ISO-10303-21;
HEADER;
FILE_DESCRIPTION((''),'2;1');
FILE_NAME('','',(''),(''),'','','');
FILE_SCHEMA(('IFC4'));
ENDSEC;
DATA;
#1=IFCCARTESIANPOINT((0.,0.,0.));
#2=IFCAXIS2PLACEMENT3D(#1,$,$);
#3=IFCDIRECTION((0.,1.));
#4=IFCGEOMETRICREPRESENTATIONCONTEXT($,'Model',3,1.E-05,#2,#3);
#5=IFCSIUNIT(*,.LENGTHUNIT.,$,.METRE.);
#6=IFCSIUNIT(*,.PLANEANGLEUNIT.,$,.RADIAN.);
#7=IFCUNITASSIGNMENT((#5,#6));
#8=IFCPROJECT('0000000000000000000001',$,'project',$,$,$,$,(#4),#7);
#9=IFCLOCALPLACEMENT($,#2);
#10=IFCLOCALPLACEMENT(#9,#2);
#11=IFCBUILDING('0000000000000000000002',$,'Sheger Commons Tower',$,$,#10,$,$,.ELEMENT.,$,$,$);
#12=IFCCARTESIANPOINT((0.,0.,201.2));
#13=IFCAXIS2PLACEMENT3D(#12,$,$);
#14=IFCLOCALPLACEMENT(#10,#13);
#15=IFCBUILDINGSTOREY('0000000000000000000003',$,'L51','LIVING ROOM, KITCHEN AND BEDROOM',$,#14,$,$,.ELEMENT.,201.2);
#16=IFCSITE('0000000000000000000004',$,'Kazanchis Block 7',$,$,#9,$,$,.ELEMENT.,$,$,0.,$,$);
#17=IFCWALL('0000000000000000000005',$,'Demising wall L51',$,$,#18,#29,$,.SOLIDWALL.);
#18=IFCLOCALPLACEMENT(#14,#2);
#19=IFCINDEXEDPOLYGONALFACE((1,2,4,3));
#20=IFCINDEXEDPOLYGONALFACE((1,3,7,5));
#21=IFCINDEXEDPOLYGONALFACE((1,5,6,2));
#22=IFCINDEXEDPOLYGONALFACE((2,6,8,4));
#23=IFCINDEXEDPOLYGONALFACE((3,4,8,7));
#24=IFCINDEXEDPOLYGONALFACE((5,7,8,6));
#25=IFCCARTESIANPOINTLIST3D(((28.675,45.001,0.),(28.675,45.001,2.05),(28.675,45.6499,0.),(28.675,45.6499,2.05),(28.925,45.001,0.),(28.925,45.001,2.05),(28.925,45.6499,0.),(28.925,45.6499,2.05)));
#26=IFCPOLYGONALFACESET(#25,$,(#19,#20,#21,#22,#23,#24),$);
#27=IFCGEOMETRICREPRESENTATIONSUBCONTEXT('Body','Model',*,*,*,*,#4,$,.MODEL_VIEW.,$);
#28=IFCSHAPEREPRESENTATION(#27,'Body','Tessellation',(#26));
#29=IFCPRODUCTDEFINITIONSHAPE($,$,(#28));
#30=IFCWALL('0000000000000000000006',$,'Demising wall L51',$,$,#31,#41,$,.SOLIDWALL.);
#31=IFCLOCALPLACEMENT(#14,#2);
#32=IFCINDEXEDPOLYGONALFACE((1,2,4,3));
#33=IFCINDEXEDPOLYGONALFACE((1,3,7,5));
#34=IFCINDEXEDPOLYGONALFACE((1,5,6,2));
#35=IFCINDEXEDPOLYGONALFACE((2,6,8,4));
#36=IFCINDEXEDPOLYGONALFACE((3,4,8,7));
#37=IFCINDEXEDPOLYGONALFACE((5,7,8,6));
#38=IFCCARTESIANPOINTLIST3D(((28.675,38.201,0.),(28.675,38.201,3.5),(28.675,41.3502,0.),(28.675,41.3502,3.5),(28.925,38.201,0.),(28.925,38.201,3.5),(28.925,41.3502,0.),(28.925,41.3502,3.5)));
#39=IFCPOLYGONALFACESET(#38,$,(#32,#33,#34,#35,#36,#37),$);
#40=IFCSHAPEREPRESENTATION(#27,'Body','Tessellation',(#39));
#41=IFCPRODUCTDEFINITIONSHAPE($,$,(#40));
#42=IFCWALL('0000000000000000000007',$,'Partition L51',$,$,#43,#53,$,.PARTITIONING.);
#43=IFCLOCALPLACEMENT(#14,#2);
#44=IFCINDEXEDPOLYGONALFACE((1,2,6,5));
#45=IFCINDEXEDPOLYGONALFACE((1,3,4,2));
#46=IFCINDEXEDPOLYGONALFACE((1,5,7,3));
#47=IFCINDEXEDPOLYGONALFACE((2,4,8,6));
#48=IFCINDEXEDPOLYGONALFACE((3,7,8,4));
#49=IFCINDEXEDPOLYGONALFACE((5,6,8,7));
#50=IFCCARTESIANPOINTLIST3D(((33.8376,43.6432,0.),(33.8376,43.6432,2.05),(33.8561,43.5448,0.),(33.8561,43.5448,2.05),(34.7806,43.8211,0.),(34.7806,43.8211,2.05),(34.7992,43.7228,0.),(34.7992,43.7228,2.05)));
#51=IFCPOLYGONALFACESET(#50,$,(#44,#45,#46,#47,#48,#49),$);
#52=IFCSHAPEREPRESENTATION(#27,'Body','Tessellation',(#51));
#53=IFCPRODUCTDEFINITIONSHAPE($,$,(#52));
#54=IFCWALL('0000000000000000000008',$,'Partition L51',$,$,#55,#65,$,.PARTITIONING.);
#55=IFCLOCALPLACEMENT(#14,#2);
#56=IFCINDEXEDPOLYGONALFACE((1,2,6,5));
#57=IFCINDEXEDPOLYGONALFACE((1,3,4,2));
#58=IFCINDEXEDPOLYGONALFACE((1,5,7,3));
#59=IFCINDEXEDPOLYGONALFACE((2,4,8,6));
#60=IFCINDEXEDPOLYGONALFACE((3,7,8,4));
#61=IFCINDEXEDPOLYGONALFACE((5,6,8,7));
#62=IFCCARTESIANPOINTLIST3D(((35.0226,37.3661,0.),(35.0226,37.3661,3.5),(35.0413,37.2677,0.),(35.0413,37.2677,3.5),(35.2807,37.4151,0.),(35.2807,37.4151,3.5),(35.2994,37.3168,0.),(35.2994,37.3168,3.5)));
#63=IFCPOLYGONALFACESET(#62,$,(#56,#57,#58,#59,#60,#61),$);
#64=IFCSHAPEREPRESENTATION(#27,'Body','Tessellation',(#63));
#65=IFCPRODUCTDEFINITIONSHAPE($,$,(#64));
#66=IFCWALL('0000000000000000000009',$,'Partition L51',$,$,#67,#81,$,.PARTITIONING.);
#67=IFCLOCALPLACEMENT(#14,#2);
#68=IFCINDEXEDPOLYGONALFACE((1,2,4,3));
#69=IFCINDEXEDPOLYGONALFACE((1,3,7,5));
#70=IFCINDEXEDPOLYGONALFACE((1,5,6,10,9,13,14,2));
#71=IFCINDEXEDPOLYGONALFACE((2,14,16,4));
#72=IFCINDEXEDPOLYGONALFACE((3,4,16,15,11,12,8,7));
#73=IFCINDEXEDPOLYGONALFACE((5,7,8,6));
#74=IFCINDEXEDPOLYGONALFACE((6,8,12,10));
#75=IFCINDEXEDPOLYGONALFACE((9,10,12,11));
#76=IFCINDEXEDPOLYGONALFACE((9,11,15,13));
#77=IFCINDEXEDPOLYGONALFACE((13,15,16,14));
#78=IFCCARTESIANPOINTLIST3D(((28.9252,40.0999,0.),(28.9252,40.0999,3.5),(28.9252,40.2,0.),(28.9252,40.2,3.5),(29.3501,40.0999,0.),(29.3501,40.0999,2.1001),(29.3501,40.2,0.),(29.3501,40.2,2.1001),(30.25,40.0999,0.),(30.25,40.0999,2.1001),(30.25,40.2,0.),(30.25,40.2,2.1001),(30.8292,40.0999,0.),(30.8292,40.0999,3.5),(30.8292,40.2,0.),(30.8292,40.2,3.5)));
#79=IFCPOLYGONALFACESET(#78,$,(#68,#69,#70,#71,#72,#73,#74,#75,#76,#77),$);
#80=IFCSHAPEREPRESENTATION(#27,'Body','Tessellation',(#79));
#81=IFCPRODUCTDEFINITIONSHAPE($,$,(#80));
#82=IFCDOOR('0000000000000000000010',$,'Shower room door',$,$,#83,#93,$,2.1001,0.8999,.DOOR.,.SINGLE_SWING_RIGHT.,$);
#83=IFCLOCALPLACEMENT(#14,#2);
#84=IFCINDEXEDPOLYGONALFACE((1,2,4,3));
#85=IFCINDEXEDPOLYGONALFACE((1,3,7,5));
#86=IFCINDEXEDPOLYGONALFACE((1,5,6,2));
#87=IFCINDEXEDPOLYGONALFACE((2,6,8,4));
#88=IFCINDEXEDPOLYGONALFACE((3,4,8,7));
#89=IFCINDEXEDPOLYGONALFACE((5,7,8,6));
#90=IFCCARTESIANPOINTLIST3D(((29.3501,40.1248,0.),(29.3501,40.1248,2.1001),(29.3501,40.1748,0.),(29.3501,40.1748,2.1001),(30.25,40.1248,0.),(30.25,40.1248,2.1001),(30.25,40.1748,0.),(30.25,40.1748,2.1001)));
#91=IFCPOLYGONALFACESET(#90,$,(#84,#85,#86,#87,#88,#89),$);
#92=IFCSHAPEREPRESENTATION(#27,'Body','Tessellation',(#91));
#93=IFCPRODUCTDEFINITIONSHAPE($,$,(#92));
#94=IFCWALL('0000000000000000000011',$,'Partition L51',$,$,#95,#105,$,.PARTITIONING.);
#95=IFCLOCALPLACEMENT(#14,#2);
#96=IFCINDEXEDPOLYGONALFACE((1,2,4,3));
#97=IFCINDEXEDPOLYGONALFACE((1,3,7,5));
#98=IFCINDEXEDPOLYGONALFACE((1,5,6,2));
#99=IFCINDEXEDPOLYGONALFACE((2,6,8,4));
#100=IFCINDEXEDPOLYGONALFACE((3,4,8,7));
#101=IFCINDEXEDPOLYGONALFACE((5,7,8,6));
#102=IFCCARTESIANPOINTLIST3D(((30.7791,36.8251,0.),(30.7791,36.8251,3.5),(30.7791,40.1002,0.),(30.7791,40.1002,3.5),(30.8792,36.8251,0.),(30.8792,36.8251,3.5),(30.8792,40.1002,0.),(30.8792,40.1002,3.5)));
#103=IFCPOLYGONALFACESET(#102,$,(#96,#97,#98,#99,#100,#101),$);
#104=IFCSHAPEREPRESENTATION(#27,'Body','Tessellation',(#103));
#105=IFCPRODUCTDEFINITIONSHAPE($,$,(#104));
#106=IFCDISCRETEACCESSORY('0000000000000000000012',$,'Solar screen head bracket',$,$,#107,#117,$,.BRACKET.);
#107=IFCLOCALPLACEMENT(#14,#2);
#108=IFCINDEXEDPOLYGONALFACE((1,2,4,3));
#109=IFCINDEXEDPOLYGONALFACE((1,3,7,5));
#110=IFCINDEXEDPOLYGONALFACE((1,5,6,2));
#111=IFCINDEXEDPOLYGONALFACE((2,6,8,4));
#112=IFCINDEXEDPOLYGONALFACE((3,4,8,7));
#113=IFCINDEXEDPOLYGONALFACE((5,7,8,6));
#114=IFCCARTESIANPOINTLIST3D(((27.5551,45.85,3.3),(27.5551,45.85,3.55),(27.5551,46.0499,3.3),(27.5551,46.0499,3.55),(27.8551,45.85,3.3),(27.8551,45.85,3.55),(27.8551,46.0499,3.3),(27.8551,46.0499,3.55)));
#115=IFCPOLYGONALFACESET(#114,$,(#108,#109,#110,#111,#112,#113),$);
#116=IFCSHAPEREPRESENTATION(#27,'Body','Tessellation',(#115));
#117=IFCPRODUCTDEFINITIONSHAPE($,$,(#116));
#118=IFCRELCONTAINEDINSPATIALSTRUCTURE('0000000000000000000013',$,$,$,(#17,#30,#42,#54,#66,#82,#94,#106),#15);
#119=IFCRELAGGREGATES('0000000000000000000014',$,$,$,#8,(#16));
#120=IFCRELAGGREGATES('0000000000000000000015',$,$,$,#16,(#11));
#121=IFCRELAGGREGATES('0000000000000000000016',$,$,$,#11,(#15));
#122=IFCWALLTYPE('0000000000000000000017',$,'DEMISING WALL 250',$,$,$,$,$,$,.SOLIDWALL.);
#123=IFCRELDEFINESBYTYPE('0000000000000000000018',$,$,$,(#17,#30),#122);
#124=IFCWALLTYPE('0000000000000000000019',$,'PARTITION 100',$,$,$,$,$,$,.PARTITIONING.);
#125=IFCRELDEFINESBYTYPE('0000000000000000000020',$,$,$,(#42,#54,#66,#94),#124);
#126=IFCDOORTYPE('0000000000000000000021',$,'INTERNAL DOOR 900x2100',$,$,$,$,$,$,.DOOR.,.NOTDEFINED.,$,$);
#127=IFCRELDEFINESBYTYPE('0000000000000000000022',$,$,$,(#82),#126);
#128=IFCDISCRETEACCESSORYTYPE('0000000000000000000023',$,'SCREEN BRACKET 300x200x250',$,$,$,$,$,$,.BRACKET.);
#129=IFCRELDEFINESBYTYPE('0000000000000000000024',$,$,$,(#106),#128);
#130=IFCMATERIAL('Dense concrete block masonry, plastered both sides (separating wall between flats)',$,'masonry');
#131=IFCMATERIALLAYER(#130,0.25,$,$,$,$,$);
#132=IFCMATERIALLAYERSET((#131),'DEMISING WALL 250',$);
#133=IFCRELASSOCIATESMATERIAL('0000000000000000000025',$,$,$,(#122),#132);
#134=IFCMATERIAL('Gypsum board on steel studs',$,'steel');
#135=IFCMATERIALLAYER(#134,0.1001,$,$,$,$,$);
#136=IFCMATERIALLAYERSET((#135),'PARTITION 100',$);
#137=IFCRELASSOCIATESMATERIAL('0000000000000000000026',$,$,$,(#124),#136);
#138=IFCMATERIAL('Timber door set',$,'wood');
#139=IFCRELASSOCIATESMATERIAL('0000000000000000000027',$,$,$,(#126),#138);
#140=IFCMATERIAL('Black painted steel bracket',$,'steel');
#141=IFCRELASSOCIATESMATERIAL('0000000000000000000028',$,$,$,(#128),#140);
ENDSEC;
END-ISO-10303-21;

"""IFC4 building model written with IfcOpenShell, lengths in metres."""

from ifc_helpers import new_model, si_unit, direction, frame, frame_2d, origin, origin_2d, place, context, subcontext, project, spatial, rectangle, extrude, material, layer, layer_set, type_object, element, fill, save


model = new_model("IFC4")

# Units and contexts
model_context = context("Model", 3, precision=1e-05, world=origin(), true_north=direction((0.0, 1.0)))
body_context = subcontext(model_context, "Body", "Model", "MODEL_VIEW")
ifc_project = project(units=[si_unit("LENGTHUNIT", "METRE"), si_unit("PLANEANGLEUNIT", "RADIAN")], contexts=[model_context])

# Site, building, storey
site_placement = place(None, origin())
site = spatial("IfcSite", under=ifc_project, at=site_placement, Name="Kazanchis Block 7", CompositionType="ELEMENT", RefElevation=0.0)
building_placement = place(site_placement, origin())
building = spatial("IfcBuilding", under=site, at=building_placement, Name="Sheger Commons Tower", CompositionType="ELEMENT")
storey_placement = place(building_placement, frame((0.0, 0.0, 201.2)))
storey = spatial("IfcBuildingStorey", under=building, at=storey_placement, Name="L51", Description="LIVING ROOM, KITCHEN AND BEDROOM", CompositionType="ELEMENT", Elevation=201.2)

# Walls
ifc_material_1 = material(Name="Dense concrete block masonry, plastered both sides (separating wall between flats)", Category="masonry")
ifc_layer_1 = layer(ifc_material_1, 0.25)
ifc_layer_set_1 = layer_set([ifc_layer_1], Name="DEMISING WALL 250")
wall_type_1 = type_object("IfcWallType", Name="DEMISING WALL 250", PredefinedType="SOLIDWALL", material=ifc_layer_set_1)
wall_1_placement = place(storey_placement, frame((28.8, 45.001, 0.0), z_axis=(0.0, 0.0, 1.0), x_axis=(0.0, 1.0, 0.0)))
element("IfcWall", 1, at=wall_1_placement, inside=storey, type_object=wall_type_1, Name="Demising wall L51", PredefinedType="SOLIDWALL", context=body_context, shape_type="SweptSolid", body=[
    extrude(rectangle(XDim=0.6489, YDim=0.25, at=frame_2d((0.3245, 0.0))), origin(), (0.0, 0.0, 1.0), 2.05),
])
wall_2_placement = place(storey_placement, frame((28.8, 38.2009, 0.0), z_axis=(0.0, 0.0, 1.0), x_axis=(0.0, 1.0, 0.0)))
element("IfcWall", 2, at=wall_2_placement, inside=storey, type_object=wall_type_1, Name="Demising wall L51", PredefinedType="SOLIDWALL", context=body_context, shape_type="SweptSolid", body=[
    extrude(rectangle(XDim=3.1492, YDim=0.25, at=frame_2d((1.5747, 0.0))), origin(), (0.0, 0.0, 1.0), 3.5),
])
ifc_material_2 = material(Name="Gypsum board on steel studs", Category="steel")
ifc_layer_2 = layer(ifc_material_2, 0.1001)
ifc_layer_set_2 = layer_set([ifc_layer_2], Name="PARTITION 100")
wall_type_2 = type_object("IfcWallType", Name="PARTITION 100", PredefinedType="PARTITIONING", material=ifc_layer_set_2)
wall_3_placement = place(storey_placement, frame((34.79, 43.772, 0.0), z_axis=(0.0, 0.0, 1.0), x_axis=(-0.982656, -0.18544, 0.0)))
element("IfcWall", 3, at=wall_3_placement, inside=storey, type_object=wall_type_2, Name="Partition L51", PredefinedType="PARTITIONING", context=body_context, shape_type="SweptSolid", body=[
    extrude(rectangle(XDim=0.9597, YDim=0.1001, at=frame_2d((0.48, 0.0))), origin(), (0.0, 0.0, 1.0), 2.05),
])
wall_4_placement = place(storey_placement, frame((35.29, 37.366, 0.0), z_axis=(0.0, 0.0, 1.0), x_axis=(-0.982395, -0.186813, 0.0)))
element("IfcWall", 4, at=wall_4_placement, inside=storey, type_object=wall_type_2, Name="Partition L51", PredefinedType="PARTITIONING", context=body_context, shape_type="SweptSolid", body=[
    extrude(rectangle(XDim=0.2627, YDim=0.1001, at=frame_2d((0.1313, 0.0))), origin(), (0.0, 0.0, 1.0), 3.5),
])

# Wall, opening, door
wall_5_placement = place(storey_placement, frame((28.925, 40.1499, 0.0), z_axis=(0.0, 0.0, 1.0), x_axis=(1.0, 0.0, 0.0)))
wall_5 = element("IfcWall", 5, at=wall_5_placement, inside=storey, type_object=wall_type_2, Name="Partition L51", PredefinedType="PARTITIONING", context=body_context, shape_type="SweptSolid", body=[
    extrude(rectangle(XDim=1.9041, YDim=0.1001, at=frame_2d((0.9521, 0.0))), origin(), (0.0, 0.0, 1.0), 3.5),
])
opening_1_placement = place(wall_5_placement, frame((0.425, 0.0, 0.0)))
opening_1 = element("IfcOpeningElement", 6, at=opening_1_placement, cuts=wall_5, PredefinedType="OPENING", context=body_context, shape_type="SweptSolid", body=[
    extrude(rectangle(XDim=0.8999, YDim=2.1001, at=frame_2d((0.45, 1.05))), frame((0.0, 0.0601, 0.0), z_axis=(0.0, -1.0, 0.0), x_axis=(1.0, 0.0, 0.0)), (0.0, 0.0, 1.0), 0.1201),
])
ifc_material_3 = material(Name="Timber door set", Category="wood")
door_type_1 = type_object("IfcDoorType", Name="INTERNAL DOOR 900x2100", OperationType="NOTDEFINED", PredefinedType="DOOR", material=ifc_material_3)
door_1_placement = place(opening_1_placement, origin())
door_1 = element("IfcDoor", 7, at=door_1_placement, inside=storey, type_object=door_type_1, Name="Shower room door", OperationType="SINGLE_SWING_RIGHT", OverallHeight=2.1001, OverallWidth=0.8999, PredefinedType="DOOR", context=body_context, shape_type="SweptSolid", body=[
    extrude(rectangle(XDim=0.8999, YDim=2.1001, at=frame_2d((0.45, 1.05))), frame((0.0, 0.0249, 0.0), z_axis=(0.0, -1.0, 0.0), x_axis=(1.0, 0.0, 0.0)), (0.0, 0.0, 1.0), 0.05),
])
fill(opening_1, door_1)

# Wall
wall_6_placement = place(storey_placement, frame((30.8291, 36.825, 0.0), z_axis=(0.0, 0.0, 1.0), x_axis=(0.0, 1.0, 0.0)))
element("IfcWall", 8, at=wall_6_placement, inside=storey, type_object=wall_type_2, Name="Partition L51", PredefinedType="PARTITIONING", context=body_context, shape_type="SweptSolid", body=[
    extrude(rectangle(XDim=3.2751, YDim=0.1001, at=frame_2d((1.6377, 0.0))), origin(), (0.0, 0.0, 1.0), 3.5),
])

# Discrete accessory
ifc_material_4 = material(Name="Black painted steel bracket", Category="steel")
discrete_accessory_type = type_object("IfcDiscreteAccessoryType", Name="SCREEN BRACKET 300x200x250", PredefinedType="BRACKET", material=ifc_material_4)
discrete_accessory_placement = place(storey_placement, frame((27.7051, 45.95, 3.3), z_axis=(0.0, 0.0, 1.0), x_axis=(-1.0, 0.0, 0.0)))
element("IfcDiscreteAccessory", 9, at=discrete_accessory_placement, inside=storey, type_object=discrete_accessory_type, Name="Solar screen head bracket", PredefinedType="BRACKET", context=body_context, shape_type="SweptSolid", body=[
    extrude(rectangle(XDim=0.3, YDim=0.2, at=origin_2d()), origin(), (0.0, 0.0, 1.0), 0.25),
])

save(model, "model.ifc")
